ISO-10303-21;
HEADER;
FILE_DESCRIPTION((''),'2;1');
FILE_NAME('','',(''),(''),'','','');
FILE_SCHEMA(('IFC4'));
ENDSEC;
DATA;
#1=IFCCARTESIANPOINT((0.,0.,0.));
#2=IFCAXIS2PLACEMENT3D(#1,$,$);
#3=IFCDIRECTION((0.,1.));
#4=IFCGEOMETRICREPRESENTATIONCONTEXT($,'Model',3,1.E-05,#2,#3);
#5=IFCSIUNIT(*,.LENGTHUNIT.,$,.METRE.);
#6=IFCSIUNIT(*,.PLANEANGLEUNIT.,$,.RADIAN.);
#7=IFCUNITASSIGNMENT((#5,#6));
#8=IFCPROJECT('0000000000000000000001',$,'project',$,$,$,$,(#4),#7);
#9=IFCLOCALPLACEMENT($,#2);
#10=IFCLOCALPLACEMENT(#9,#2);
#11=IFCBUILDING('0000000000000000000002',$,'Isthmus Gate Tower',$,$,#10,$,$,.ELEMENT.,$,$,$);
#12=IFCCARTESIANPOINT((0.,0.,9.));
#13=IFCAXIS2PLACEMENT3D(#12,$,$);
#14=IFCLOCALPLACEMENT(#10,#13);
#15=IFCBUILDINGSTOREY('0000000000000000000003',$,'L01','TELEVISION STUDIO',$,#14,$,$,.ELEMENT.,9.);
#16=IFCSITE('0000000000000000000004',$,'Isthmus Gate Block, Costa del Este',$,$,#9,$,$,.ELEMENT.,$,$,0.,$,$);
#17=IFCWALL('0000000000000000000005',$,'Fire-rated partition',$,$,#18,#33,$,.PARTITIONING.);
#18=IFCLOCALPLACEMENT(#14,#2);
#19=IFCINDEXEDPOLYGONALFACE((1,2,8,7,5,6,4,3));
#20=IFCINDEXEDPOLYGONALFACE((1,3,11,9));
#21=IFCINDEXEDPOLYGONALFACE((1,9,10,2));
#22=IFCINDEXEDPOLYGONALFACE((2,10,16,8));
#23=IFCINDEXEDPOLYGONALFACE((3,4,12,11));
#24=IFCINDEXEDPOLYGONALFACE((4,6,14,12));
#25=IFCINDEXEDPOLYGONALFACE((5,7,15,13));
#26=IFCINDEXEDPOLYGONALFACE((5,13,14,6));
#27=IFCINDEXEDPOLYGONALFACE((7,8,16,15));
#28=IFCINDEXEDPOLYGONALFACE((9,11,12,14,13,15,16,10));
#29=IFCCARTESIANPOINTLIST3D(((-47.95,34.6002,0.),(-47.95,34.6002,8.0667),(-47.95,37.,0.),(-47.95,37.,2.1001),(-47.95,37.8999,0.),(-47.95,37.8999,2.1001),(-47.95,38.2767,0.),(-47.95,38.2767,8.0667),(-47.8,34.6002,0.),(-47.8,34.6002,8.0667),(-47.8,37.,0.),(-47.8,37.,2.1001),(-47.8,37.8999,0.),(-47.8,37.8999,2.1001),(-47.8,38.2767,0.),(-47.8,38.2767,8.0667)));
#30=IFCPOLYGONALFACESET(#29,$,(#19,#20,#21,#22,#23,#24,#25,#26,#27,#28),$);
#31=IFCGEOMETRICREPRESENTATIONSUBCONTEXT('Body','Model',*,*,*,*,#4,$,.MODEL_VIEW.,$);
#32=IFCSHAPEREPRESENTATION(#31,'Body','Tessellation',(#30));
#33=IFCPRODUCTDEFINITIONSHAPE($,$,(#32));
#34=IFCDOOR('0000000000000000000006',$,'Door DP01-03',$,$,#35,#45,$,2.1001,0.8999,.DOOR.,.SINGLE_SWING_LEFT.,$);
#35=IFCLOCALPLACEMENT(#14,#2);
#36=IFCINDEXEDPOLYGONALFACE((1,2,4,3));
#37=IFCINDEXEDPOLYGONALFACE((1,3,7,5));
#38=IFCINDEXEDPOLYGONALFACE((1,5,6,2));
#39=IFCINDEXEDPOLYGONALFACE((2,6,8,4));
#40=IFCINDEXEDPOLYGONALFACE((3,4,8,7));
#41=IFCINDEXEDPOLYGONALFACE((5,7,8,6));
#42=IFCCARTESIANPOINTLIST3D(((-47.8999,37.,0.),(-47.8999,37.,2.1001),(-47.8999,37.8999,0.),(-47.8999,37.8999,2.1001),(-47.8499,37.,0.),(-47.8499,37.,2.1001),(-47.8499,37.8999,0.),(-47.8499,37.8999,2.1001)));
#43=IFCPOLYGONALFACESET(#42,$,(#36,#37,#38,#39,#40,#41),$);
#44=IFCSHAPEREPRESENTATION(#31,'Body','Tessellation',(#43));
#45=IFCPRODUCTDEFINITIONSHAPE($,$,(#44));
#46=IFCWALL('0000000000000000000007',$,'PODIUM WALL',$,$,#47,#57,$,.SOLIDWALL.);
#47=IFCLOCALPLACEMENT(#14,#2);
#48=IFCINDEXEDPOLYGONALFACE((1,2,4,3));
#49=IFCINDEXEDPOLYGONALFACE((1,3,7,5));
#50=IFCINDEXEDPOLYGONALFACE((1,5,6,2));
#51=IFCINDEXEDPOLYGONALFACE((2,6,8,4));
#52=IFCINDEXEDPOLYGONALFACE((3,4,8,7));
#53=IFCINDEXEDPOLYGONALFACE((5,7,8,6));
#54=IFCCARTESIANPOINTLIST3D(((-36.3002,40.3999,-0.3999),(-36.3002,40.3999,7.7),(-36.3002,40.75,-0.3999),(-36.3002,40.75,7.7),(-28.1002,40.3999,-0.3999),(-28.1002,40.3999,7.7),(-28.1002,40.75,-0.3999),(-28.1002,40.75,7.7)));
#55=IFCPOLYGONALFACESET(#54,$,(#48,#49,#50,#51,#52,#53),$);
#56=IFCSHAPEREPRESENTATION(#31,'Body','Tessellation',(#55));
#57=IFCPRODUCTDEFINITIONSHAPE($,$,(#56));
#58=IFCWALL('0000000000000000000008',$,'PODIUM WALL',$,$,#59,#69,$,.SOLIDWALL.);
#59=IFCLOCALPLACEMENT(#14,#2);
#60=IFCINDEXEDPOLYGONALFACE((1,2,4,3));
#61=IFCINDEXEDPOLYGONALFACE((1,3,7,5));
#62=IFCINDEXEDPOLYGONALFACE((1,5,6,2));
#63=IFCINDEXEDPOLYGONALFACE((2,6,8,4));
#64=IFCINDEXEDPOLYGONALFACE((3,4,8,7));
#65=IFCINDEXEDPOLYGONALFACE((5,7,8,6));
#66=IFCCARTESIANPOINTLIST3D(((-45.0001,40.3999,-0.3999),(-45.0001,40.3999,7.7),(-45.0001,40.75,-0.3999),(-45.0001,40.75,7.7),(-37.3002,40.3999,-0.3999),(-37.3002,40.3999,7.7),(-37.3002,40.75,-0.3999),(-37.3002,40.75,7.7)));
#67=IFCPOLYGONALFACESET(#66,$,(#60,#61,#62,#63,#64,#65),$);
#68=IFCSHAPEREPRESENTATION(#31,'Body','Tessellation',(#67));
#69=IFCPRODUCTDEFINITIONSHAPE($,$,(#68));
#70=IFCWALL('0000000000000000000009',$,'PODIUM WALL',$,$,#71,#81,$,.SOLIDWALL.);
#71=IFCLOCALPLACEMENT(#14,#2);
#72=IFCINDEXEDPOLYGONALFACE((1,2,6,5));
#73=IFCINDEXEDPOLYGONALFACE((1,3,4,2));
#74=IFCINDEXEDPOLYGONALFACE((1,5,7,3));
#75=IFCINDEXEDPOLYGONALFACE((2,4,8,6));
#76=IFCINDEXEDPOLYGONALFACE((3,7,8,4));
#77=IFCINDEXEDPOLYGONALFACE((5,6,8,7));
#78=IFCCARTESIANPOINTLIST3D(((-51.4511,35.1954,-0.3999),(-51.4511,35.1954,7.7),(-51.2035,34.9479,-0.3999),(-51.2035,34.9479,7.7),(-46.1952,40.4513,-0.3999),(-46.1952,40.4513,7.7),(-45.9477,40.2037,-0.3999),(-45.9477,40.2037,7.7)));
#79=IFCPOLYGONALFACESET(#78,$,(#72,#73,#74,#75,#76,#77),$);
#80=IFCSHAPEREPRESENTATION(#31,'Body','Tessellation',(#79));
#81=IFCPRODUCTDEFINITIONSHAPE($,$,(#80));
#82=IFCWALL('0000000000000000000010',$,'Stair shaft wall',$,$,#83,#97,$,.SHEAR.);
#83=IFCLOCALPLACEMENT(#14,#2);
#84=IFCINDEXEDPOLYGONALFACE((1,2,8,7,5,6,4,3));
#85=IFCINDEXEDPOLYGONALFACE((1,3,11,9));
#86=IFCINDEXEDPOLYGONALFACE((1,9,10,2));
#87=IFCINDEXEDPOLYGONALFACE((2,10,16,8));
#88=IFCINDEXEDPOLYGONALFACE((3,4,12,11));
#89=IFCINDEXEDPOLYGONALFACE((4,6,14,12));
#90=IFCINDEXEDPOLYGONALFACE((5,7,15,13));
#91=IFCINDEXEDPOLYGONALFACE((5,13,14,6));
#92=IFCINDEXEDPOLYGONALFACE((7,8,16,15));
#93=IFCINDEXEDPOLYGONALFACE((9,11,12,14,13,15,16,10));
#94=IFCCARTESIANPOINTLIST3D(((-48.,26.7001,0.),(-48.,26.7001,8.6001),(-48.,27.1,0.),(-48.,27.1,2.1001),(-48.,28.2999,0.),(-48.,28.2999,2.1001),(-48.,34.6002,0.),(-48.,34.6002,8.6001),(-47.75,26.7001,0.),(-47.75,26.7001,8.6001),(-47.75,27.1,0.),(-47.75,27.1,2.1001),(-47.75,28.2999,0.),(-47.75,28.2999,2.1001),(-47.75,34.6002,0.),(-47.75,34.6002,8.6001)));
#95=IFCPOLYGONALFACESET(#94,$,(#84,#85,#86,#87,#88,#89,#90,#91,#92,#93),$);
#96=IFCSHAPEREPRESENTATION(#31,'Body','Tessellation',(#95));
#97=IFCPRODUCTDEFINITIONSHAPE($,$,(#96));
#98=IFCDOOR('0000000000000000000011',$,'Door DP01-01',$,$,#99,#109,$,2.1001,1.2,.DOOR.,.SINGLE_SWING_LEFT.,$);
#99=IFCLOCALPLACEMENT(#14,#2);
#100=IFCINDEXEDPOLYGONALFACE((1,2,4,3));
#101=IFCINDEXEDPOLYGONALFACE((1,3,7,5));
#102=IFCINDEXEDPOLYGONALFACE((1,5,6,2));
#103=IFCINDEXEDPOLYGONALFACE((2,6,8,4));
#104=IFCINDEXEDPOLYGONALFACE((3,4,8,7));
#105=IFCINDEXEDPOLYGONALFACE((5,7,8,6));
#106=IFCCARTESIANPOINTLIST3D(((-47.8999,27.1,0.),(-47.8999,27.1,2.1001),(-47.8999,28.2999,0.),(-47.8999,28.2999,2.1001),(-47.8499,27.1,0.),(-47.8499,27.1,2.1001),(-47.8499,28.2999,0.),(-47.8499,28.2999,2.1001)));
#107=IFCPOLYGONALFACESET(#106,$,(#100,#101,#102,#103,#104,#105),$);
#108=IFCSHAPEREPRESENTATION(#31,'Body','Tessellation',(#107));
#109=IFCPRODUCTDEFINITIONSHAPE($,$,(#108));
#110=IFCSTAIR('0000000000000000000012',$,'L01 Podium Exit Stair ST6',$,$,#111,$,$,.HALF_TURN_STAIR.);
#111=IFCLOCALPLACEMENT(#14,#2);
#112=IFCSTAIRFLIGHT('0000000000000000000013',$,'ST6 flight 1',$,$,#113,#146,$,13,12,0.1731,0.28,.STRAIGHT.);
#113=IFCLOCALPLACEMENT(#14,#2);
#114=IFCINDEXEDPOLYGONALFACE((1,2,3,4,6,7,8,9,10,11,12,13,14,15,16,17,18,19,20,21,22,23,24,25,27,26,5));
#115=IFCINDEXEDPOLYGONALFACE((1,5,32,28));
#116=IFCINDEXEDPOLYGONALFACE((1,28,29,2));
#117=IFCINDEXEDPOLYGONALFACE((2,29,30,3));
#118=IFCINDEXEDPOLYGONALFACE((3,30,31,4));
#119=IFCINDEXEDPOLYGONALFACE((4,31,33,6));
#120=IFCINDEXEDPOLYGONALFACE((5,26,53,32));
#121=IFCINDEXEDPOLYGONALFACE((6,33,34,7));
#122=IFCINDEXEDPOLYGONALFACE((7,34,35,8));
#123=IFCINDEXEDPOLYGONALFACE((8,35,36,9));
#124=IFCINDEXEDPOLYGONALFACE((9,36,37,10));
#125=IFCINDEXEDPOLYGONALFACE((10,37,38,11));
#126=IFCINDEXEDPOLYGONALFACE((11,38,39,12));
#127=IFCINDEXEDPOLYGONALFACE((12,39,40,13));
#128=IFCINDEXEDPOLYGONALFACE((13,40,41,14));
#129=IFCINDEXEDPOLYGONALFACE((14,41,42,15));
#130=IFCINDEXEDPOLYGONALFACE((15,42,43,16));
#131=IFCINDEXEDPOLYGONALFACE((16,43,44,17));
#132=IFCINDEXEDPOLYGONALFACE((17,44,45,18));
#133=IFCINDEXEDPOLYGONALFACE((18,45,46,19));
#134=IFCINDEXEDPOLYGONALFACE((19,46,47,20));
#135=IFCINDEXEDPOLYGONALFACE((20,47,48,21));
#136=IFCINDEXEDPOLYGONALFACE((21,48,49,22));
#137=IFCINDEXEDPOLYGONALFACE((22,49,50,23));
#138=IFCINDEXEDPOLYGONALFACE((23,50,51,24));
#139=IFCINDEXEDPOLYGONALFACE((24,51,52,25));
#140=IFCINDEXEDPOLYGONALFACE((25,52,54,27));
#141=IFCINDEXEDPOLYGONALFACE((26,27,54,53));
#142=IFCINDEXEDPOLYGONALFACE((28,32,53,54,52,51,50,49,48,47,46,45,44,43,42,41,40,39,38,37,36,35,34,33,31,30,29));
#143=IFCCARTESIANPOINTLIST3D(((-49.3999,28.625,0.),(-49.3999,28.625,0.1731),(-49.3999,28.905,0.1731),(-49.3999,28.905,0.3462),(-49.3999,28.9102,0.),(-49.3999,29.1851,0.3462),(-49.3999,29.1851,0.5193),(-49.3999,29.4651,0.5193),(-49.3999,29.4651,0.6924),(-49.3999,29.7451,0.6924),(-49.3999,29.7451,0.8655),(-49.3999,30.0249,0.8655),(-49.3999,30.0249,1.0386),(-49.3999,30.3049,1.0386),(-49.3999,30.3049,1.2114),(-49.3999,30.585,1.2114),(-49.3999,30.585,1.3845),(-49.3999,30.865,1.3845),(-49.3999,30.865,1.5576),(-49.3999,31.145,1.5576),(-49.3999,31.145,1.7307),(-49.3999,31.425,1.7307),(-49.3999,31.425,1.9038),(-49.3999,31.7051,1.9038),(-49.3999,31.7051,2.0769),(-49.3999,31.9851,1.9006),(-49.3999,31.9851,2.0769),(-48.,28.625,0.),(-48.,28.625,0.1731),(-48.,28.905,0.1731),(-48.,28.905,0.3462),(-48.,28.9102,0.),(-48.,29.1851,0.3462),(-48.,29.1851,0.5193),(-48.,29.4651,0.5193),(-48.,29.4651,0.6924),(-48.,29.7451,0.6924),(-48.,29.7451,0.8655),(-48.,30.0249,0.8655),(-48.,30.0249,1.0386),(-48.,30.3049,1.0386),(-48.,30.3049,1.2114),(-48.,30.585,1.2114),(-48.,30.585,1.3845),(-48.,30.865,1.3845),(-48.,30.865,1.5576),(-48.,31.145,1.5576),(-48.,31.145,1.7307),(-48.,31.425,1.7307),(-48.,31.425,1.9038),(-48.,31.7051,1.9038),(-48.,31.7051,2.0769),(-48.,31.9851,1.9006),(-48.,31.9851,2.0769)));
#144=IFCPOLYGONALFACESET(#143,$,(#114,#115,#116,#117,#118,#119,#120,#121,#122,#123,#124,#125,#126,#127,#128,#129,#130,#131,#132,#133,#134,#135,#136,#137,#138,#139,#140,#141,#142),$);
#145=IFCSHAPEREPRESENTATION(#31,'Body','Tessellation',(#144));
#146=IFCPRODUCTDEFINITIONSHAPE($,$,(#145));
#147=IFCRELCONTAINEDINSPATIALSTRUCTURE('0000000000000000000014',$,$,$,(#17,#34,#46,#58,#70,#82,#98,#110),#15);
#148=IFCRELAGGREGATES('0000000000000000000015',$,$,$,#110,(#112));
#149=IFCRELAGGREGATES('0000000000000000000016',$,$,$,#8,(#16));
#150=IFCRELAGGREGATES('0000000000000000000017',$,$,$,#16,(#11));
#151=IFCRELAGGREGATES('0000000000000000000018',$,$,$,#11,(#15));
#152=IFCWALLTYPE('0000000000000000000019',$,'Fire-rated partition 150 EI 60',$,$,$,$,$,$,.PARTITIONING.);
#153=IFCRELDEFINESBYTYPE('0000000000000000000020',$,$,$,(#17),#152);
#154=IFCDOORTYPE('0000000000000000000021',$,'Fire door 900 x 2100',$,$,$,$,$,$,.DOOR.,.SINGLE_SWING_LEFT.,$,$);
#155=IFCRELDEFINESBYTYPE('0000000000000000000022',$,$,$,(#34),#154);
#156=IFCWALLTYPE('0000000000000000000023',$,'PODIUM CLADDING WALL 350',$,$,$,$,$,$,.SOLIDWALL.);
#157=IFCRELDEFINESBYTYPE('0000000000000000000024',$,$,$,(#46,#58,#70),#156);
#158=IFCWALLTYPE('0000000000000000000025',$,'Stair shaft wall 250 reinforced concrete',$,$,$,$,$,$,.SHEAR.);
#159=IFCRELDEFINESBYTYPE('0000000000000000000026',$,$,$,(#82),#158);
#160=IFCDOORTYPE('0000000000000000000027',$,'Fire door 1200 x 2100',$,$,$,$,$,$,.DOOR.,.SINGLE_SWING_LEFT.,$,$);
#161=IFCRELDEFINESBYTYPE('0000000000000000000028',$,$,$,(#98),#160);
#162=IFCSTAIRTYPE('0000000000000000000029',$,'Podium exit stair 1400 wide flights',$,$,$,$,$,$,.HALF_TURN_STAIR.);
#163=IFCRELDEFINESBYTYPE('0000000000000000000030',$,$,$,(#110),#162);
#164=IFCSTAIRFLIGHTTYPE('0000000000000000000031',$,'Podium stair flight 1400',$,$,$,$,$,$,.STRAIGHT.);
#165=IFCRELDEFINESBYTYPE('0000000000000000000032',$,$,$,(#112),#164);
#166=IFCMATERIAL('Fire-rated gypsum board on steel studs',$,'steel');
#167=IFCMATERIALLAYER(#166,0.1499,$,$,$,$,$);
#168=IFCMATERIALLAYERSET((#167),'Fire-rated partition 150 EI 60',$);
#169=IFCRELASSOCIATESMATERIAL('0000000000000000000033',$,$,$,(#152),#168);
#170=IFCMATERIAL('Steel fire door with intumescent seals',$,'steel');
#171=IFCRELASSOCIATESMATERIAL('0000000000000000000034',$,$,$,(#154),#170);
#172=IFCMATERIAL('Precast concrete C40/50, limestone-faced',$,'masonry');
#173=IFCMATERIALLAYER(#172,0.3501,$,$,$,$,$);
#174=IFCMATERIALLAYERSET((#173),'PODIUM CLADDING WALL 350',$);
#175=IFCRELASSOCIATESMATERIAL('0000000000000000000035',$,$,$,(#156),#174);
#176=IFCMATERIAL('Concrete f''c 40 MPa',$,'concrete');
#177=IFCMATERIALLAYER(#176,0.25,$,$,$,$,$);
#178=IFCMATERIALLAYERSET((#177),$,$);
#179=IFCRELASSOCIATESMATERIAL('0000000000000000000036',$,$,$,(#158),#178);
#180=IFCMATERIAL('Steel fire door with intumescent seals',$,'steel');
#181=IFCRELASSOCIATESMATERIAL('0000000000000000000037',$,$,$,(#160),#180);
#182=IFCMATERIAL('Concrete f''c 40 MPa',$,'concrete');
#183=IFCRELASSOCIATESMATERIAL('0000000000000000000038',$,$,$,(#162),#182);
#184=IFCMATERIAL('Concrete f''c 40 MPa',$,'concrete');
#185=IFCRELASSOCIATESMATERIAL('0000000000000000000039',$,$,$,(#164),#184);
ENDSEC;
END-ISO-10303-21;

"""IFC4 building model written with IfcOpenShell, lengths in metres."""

from ifc_helpers import new_model, si_unit, direction, frame, frame_2d, origin, place, context, subcontext, project, spatial, polyline, rectangle, outline, extrude, material, layer, layer_set, type_object, element, fill, aggregate, save


model = new_model("IFC4")

# Units and contexts
model_context = context("Model", 3, precision=1e-05, world=origin(), true_north=direction((0.0, 1.0)))
body_context = subcontext(model_context, "Body", "Model", "MODEL_VIEW")
ifc_project = project(units=[si_unit("LENGTHUNIT", "METRE"), si_unit("PLANEANGLEUNIT", "RADIAN")], contexts=[model_context])

# Site, building, storey
site_placement = place(None, origin())
site = spatial("IfcSite", under=ifc_project, at=site_placement, Name="Isthmus Gate Block, Costa del Este", CompositionType="ELEMENT", RefElevation=0.0)
building_placement = place(site_placement, origin())
building = spatial("IfcBuilding", under=site, at=building_placement, Name="Isthmus Gate Tower", CompositionType="ELEMENT")
storey_placement = place(building_placement, frame((0.0, 0.0, 9.0)))
storey = spatial("IfcBuildingStorey", under=building, at=storey_placement, Name="L01", Description="TELEVISION STUDIO", CompositionType="ELEMENT", Elevation=9.0)

# Wall, opening, door
ifc_material_1 = material(Name="Fire-rated gypsum board on steel studs", Category="steel")
ifc_layer_1 = layer(ifc_material_1, 0.1499)
ifc_layer_set_1 = layer_set([ifc_layer_1], Name="Fire-rated partition 150 EI 60")
wall_type_1 = type_object("IfcWallType", Name="Fire-rated partition 150 EI 60", PredefinedType="PARTITIONING", material=ifc_layer_set_1)
wall_1_placement = place(storey_placement, frame((-47.875, 34.6001, 0.0), z_axis=(0.0, 0.0, 1.0), x_axis=(0.0, 1.0, 0.0)))
wall_1 = element("IfcWall", 1, at=wall_1_placement, inside=storey, type_object=wall_type_1, Name="Fire-rated partition", PredefinedType="PARTITIONING", context=body_context, shape_type="SweptSolid", body=[
    extrude(rectangle(XDim=3.6765, YDim=0.1499, at=frame_2d((1.8384, 0.0))), origin(), (0.0, 0.0, 1.0), 8.0667),
])
opening_1_placement = place(wall_1_placement, frame((2.3999, 0.0, 0.0)))
opening_1 = element("IfcOpeningElement", 2, at=opening_1_placement, cuts=wall_1, PredefinedType="OPENING", context=body_context, shape_type="SweptSolid", body=[
    extrude(rectangle(XDim=0.8999, YDim=2.1001, at=frame_2d((0.45, 1.05))), frame((0.0, 0.085, 0.0), z_axis=(0.0, -1.0, 0.0), x_axis=(1.0, 0.0, 0.0)), (0.0, 0.0, 1.0), 0.1699),
])
ifc_material_2 = material(Name="Steel fire door with intumescent seals", Category="steel")
door_type_1 = type_object("IfcDoorType", Name="Fire door 900 x 2100", OperationType="SINGLE_SWING_LEFT", PredefinedType="DOOR", material=ifc_material_2)
door_1_placement = place(opening_1_placement, origin())
door_1 = element("IfcDoor", 3, at=door_1_placement, inside=storey, type_object=door_type_1, Name="Door DP01-03", OperationType="SINGLE_SWING_LEFT", OverallHeight=2.1001, OverallWidth=0.8999, PredefinedType="DOOR", context=body_context, shape_type="SweptSolid", body=[
    extrude(rectangle(XDim=0.8999, YDim=2.1001, at=frame_2d((0.45, 1.05))), frame((0.0, 0.0249, 0.0), z_axis=(0.0, -1.0, 0.0), x_axis=(1.0, 0.0, 0.0)), (0.0, 0.0, 1.0), 0.05),
])
fill(opening_1, door_1)

# Walls
ifc_material_3 = material(Name="Precast concrete C40/50, limestone-faced", Category="masonry")
ifc_layer_2 = layer(ifc_material_3, 0.3501)
ifc_layer_set_2 = layer_set([ifc_layer_2], Name="PODIUM CLADDING WALL 350")
wall_type_2 = type_object("IfcWallType", Name="PODIUM CLADDING WALL 350", PredefinedType="SOLIDWALL", material=ifc_layer_set_2)
wall_2_placement = place(storey_placement, frame((-28.1001, 40.575, -0.3999), z_axis=(0.0, 0.0, 1.0), x_axis=(-1.0, 0.0, 0.0)))
element("IfcWall", 4, at=wall_2_placement, inside=storey, type_object=wall_type_2, Name="PODIUM WALL", PredefinedType="SOLIDWALL", context=body_context, shape_type="SweptSolid", body=[
    extrude(rectangle(XDim=8.2, YDim=0.3501, at=frame_2d((4.1001, 0.0))), origin(), (0.0, 0.0, 1.0), 8.0999),
])
wall_3_placement = place(storey_placement, frame((-37.3, 40.575, -0.3999), z_axis=(0.0, 0.0, 1.0), x_axis=(-1.0, 0.0, 0.0)))
element("IfcWall", 5, at=wall_3_placement, inside=storey, type_object=wall_type_2, Name="PODIUM WALL", PredefinedType="SOLIDWALL", context=body_context, shape_type="SweptSolid", body=[
    extrude(rectangle(XDim=7.7, YDim=0.3501, at=frame_2d((3.8501, 0.0))), origin(), (0.0, 0.0, 1.0), 8.0999),
])
wall_4_placement = place(storey_placement, frame((-46.0715, 40.3274, -0.3999), z_axis=(0.0, 0.0, 1.0), x_axis=(-0.707107, -0.707107, 0.0)))
element("IfcWall", 6, at=wall_4_placement, inside=storey, type_object=wall_type_2, Name="PODIUM WALL", PredefinedType="SOLIDWALL", context=body_context, shape_type="SweptSolid", body=[
    extrude(rectangle(XDim=7.4329, YDim=0.3501, at=frame_2d((3.7163, 0.0))), origin(), (0.0, 0.0, 1.0), 8.0999),
])

# Wall, opening, door
ifc_material_4 = material(Name="Concrete f'c 40 MPa", Category="concrete")
ifc_layer_3 = layer(ifc_material_4, 0.25)
ifc_layer_set_3 = layer_set([ifc_layer_3])
wall_type_3 = type_object("IfcWallType", Name="Stair shaft wall 250 reinforced concrete", PredefinedType="SHEAR", material=ifc_layer_set_3)
wall_5_placement = place(storey_placement, frame((-47.875, 26.7, 0.0), z_axis=(0.0, 0.0, 1.0), x_axis=(0.0, 1.0, 0.0)))
wall_5 = element("IfcWall", 7, at=wall_5_placement, inside=storey, type_object=wall_type_3, Name="Stair shaft wall", PredefinedType="SHEAR", context=body_context, shape_type="SweptSolid", body=[
    extrude(rectangle(XDim=7.9001, YDim=0.25, at=frame_2d((3.9502, 0.0))), origin(), (0.0, 0.0, 1.0), 8.6001),
])
opening_2_placement = place(wall_5_placement, frame((0.3999, 0.0, 0.0)))
opening_2 = element("IfcOpeningElement", 8, at=opening_2_placement, cuts=wall_5, PredefinedType="OPENING", context=body_context, shape_type="SweptSolid", body=[
    extrude(rectangle(XDim=1.2, YDim=2.1001, at=frame_2d((0.6001, 1.05))), frame((0.0, 0.135, 0.0), z_axis=(0.0, -1.0, 0.0), x_axis=(1.0, 0.0, 0.0)), (0.0, 0.0, 1.0), 0.27),
])
ifc_material_5 = material(Name="Steel fire door with intumescent seals", Category="steel")
door_type_2 = type_object("IfcDoorType", Name="Fire door 1200 x 2100", OperationType="SINGLE_SWING_LEFT", PredefinedType="DOOR", material=ifc_material_5)
door_2_placement = place(opening_2_placement, origin())
door_2 = element("IfcDoor", 9, at=door_2_placement, inside=storey, type_object=door_type_2, Name="Door DP01-01", OperationType="SINGLE_SWING_LEFT", OverallHeight=2.1001, OverallWidth=1.2, PredefinedType="DOOR", context=body_context, shape_type="SweptSolid", body=[
    extrude(rectangle(XDim=1.2, YDim=2.1001, at=frame_2d((0.6001, 1.05))), frame((0.0, 0.0249, 0.0), z_axis=(0.0, -1.0, 0.0), x_axis=(1.0, 0.0, 0.0)), (0.0, 0.0, 1.0), 0.05),
])
fill(opening_2, door_2)

# Stair, stair flight
ifc_material_6 = material(Name="Concrete f'c 40 MPa", Category="concrete")
stair_type = type_object("IfcStairType", Name="Podium exit stair 1400 wide flights", PredefinedType="HALF_TURN_STAIR", material=ifc_material_6)
stair_placement = place(storey_placement, origin())
stair = element("IfcStair", 10, at=stair_placement, inside=storey, type_object=stair_type, Name="L01 Podium Exit Stair ST6", PredefinedType="HALF_TURN_STAIR")
ifc_material_7 = material(Name="Concrete f'c 40 MPa", Category="concrete")
stair_flight_type = type_object("IfcStairFlightType", Name="Podium stair flight 1400", PredefinedType="STRAIGHT", material=ifc_material_7)
stair_flight_1_placement = place(storey_placement, frame((-48.7, 28.625, 0.0), z_axis=(0.0, 0.0, 1.0), x_axis=(0.0, 1.0, 0.0)))
stair_flight_1 = element("IfcStairFlight", 11, at=stair_flight_1_placement, type_object=stair_flight_type, Name="ST6 flight 1", NumberOfRisers=13, NumberOfTreads=12, PredefinedType="STRAIGHT", RiserHeight=0.1731, TreadLength=0.28, context=body_context, shape_type="SweptSolid", body=[
    extrude(outline(polyline([(0.0, 0.0), (0.0, 0.1731), (0.28, 0.1731), (0.28, 0.3462), (0.5601, 0.3462), (0.5601, 0.5193), (0.8401, 0.5193), (0.8401, 0.6924), (1.1201, 0.6924), (1.1201, 0.8655), (1.3999, 0.8655), (1.3999, 1.0386), (1.6799, 1.0386), (1.6799, 1.2114), (1.96, 1.2114), (1.96, 1.3845), (2.24, 1.3845), (2.24, 1.5576), (2.52, 1.5576), (2.52, 1.7307), (2.8, 1.7307), (2.8, 1.9038), (3.0801, 1.9038), (3.0801, 2.0769), (3.3601, 2.0769), (3.3601, 2.25), (3.3601, 1.9006), (0.2852, 0.0), (0.0, 0.0)])), frame((0.0, 0.7, 0.0), z_axis=(0.0, -1.0, 0.0), x_axis=(1.0, 0.0, 0.0)), (0.0, 0.0, 1.0), 1.3999),
])
aggregate(stair, [stair_flight_1])

save(model, "model.ifc")
